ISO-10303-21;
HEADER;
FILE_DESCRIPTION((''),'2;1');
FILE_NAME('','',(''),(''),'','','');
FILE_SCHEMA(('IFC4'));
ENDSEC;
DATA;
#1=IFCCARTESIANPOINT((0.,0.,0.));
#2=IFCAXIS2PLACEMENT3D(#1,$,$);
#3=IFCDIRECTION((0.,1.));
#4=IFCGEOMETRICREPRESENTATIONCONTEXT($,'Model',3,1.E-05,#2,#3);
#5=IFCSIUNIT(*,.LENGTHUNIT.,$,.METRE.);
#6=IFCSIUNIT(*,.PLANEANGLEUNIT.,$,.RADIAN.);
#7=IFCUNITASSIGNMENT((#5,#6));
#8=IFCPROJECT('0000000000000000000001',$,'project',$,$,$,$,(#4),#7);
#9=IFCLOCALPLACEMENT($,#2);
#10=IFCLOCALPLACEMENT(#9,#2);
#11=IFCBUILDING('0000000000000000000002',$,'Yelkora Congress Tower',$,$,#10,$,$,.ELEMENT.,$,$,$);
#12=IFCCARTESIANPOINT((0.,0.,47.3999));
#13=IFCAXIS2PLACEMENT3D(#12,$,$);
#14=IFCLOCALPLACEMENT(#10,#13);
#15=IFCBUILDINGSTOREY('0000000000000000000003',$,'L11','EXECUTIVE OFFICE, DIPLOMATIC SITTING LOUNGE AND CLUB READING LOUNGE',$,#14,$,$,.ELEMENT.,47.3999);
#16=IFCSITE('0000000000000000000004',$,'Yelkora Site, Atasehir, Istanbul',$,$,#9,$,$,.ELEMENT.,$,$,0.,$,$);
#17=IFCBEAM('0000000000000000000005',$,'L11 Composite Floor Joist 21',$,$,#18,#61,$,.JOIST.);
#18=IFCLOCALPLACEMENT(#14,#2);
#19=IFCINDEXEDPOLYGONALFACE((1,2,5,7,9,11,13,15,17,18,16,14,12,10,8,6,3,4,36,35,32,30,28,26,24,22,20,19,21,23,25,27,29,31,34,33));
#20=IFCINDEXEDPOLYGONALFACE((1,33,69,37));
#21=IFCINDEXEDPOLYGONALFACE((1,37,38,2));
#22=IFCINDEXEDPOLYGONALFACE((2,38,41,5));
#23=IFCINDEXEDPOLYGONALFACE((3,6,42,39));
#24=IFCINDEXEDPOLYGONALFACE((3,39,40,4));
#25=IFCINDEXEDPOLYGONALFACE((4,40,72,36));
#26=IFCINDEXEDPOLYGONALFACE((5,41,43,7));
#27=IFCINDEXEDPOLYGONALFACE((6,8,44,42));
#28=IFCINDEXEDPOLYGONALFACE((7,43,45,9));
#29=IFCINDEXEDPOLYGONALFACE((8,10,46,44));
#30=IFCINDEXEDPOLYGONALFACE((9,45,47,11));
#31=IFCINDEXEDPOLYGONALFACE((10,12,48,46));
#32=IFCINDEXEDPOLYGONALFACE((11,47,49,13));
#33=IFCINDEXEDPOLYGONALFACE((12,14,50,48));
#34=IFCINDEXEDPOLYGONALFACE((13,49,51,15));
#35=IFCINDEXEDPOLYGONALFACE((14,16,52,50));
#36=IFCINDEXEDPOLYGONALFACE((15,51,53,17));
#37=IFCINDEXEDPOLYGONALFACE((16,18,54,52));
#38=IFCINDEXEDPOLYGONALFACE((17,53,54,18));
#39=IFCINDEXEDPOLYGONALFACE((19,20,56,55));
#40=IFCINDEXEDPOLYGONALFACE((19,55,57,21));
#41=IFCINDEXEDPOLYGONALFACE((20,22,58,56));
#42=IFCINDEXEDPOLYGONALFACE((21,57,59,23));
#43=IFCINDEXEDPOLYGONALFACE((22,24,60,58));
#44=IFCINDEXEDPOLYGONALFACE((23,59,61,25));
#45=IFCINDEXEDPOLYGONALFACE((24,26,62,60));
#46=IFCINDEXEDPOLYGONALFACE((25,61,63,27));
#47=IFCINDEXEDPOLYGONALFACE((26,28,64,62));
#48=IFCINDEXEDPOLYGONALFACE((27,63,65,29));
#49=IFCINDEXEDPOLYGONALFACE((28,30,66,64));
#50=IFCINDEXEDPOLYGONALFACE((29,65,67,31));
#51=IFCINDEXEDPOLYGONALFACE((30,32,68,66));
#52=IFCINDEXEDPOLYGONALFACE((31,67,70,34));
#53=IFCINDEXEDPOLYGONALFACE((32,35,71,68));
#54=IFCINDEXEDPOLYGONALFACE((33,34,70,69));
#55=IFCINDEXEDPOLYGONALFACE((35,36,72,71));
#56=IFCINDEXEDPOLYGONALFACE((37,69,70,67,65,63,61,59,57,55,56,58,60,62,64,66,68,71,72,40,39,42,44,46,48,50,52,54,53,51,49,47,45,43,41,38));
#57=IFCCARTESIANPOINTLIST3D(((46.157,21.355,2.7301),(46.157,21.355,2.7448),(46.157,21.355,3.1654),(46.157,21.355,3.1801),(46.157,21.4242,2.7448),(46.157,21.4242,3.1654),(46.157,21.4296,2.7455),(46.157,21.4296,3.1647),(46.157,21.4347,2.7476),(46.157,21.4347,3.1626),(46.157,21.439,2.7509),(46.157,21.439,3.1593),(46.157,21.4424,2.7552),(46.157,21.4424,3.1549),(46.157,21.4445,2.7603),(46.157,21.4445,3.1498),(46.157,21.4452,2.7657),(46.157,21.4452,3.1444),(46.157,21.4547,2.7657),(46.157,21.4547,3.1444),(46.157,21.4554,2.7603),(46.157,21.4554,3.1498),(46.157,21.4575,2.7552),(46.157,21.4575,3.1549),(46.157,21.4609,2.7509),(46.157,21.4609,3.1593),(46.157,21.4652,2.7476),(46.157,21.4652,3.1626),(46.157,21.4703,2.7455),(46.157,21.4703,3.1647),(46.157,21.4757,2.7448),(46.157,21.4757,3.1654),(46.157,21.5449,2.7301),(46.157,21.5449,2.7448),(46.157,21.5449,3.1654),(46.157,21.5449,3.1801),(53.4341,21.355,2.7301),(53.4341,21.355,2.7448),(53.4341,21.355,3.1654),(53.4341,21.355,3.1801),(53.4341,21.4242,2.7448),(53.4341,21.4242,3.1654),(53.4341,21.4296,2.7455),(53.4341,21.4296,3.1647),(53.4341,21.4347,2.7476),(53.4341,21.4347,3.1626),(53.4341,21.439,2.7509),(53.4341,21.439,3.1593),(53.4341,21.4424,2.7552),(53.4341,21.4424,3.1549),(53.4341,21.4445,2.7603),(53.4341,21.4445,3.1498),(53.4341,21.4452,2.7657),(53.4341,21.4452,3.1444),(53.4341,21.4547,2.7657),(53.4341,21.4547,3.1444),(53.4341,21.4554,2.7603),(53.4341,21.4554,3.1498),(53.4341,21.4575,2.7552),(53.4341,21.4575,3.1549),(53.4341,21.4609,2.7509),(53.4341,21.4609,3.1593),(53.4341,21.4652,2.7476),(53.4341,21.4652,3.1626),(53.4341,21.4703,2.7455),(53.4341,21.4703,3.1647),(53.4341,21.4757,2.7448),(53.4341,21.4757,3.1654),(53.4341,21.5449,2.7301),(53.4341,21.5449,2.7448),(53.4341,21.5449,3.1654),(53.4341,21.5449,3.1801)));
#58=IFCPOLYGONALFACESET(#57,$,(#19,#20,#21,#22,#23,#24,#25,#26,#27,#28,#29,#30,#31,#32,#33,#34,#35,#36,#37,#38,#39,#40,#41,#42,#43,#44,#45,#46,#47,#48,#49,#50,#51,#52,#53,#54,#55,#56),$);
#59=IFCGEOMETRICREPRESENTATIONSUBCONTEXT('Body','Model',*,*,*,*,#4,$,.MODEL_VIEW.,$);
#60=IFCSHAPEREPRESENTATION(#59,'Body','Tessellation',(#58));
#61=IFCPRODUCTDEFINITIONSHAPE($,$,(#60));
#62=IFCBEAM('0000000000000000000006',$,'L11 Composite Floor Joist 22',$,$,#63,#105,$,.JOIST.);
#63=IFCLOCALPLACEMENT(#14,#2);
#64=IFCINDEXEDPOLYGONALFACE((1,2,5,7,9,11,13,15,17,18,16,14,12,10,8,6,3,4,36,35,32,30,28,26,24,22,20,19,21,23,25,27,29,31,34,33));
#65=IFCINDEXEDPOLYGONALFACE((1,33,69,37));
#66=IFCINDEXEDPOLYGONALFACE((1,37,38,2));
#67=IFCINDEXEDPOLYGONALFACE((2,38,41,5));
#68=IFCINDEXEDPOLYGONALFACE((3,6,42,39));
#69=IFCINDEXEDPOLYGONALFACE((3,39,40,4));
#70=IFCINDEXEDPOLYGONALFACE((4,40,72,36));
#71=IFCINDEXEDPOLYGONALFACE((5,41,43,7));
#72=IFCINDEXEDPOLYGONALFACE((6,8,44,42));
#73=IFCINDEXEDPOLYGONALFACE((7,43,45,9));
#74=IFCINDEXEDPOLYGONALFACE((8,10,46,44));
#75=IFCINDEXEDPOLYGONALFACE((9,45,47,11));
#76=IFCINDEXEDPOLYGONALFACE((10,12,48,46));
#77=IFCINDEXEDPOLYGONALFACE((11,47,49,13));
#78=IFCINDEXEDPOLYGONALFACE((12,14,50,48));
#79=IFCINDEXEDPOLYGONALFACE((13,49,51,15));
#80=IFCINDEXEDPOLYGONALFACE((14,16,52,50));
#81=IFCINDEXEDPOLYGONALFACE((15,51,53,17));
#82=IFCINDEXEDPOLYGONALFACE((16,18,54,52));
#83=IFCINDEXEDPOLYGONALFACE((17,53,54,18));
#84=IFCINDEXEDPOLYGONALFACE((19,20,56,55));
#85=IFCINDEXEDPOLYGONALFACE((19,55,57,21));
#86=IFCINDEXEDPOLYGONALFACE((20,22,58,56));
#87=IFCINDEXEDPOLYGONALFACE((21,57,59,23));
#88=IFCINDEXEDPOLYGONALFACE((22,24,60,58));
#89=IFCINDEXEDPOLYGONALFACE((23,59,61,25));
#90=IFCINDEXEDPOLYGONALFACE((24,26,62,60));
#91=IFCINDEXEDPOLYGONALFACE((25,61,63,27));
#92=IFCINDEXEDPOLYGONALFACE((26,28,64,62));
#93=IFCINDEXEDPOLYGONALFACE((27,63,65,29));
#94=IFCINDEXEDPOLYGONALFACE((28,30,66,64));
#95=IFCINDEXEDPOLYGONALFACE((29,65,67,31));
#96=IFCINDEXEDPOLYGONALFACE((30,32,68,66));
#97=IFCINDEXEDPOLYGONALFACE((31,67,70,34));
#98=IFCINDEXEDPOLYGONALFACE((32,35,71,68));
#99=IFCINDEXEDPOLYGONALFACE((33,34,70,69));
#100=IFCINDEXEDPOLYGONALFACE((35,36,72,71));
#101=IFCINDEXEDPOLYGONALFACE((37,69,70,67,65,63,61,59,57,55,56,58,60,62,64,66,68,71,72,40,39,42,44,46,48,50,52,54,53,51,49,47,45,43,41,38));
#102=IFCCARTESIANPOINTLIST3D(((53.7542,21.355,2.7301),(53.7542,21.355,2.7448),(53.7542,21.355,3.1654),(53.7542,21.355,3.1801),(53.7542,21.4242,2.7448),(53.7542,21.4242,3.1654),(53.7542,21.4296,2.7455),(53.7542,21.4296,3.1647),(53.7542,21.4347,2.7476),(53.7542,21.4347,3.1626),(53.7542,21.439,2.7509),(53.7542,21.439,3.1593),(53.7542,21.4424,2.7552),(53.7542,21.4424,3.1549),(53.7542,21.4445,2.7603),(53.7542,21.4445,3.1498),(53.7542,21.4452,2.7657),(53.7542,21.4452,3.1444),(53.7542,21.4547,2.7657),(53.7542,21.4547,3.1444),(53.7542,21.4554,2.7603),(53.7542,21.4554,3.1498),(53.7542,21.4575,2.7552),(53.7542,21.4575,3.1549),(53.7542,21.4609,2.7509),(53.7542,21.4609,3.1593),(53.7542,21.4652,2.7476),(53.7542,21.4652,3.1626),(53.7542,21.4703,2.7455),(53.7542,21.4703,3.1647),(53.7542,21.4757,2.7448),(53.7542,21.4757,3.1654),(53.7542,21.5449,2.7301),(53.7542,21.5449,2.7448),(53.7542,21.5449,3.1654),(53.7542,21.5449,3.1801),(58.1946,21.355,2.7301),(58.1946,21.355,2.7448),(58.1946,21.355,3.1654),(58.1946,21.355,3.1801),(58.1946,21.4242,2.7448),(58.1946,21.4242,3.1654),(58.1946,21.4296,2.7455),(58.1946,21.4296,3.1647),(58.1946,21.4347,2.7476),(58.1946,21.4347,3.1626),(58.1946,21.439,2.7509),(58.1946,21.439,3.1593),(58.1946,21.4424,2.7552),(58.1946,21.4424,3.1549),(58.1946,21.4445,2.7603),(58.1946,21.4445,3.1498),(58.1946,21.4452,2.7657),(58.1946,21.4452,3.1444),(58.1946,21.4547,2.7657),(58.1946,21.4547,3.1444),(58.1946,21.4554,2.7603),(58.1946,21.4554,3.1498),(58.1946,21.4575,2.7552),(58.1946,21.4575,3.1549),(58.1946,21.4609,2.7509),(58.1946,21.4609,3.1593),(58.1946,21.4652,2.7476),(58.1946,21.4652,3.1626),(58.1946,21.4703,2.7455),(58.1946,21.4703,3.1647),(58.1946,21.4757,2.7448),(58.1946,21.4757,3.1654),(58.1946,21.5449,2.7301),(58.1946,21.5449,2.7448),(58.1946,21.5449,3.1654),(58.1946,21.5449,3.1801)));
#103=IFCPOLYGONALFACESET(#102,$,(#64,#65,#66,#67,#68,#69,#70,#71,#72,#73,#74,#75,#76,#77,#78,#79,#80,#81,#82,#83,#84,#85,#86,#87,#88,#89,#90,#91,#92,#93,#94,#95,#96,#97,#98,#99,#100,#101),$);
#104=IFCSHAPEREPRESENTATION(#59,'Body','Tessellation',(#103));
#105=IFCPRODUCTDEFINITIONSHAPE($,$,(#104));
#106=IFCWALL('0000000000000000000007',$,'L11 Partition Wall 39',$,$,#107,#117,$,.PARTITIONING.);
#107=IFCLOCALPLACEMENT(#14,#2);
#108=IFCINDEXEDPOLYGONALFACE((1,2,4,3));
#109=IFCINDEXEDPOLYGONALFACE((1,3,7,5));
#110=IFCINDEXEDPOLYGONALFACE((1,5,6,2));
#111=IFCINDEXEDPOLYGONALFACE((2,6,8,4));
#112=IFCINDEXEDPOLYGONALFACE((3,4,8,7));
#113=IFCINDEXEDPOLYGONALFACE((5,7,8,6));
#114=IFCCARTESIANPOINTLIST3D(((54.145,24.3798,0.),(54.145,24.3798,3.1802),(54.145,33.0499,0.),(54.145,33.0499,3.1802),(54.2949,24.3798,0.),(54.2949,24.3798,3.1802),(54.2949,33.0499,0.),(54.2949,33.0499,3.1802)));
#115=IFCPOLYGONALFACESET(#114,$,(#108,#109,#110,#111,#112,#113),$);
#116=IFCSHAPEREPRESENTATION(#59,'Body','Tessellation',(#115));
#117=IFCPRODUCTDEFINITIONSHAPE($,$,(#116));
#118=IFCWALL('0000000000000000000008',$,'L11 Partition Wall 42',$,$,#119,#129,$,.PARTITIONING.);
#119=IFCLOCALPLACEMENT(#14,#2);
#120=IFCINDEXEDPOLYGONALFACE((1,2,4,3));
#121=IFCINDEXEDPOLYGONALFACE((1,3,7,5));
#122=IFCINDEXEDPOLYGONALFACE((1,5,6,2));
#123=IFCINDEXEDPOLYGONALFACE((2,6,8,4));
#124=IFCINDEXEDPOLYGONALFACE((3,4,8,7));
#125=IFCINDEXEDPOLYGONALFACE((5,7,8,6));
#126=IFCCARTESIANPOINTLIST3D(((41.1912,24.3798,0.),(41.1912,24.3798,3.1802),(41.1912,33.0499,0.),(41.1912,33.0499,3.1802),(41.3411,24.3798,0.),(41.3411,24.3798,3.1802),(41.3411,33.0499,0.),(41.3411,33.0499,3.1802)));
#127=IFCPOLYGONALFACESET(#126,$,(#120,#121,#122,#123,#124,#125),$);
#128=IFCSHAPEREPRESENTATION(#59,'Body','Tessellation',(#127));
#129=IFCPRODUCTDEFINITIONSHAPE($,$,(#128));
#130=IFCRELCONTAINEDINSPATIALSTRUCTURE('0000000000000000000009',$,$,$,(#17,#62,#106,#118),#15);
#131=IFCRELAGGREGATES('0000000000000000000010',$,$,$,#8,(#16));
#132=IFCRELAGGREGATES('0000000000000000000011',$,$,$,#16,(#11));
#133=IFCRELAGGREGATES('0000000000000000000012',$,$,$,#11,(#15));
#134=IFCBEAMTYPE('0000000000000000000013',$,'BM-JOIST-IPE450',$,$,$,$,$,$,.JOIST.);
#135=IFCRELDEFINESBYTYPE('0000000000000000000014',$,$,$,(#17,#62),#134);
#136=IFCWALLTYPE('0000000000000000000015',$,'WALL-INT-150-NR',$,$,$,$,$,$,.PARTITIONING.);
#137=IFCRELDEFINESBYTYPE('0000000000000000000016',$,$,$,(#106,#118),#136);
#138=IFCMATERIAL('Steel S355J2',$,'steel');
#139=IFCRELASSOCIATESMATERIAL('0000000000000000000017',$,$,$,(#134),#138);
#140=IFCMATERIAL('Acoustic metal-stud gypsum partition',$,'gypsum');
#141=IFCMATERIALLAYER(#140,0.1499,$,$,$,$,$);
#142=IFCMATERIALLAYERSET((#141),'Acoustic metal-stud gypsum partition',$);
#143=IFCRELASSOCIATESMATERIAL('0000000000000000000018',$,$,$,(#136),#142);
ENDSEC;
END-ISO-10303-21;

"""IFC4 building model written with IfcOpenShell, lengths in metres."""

from ifc_helpers import new_model, si_unit, direction, frame, frame_2d, origin, origin_2d, place, context, subcontext, project, spatial, rectangle, i_section, extrude, material, layer, layer_set, material_profile, profile_set, type_object, element, save


model = new_model("IFC4")

# Units and contexts
model_context = context("Model", 3, precision=1e-05, world=origin(), true_north=direction((0.0, 1.0)))
body_context = subcontext(model_context, "Body", "Model", "MODEL_VIEW")
ifc_project = project(units=[si_unit("LENGTHUNIT", "METRE"), si_unit("PLANEANGLEUNIT", "RADIAN")], contexts=[model_context])

# Site, building, storey
site_placement = place(None, origin())
site = spatial("IfcSite", under=ifc_project, at=site_placement, Name="Yelkora Site, Atasehir, Istanbul", CompositionType="ELEMENT", RefElevation=0.0)
building_placement = place(site_placement, origin())
building = spatial("IfcBuilding", under=site, at=building_placement, Name="Yelkora Congress Tower", CompositionType="ELEMENT")
storey_placement = place(building_placement, frame((0.0, 0.0, 47.3999)))
storey = spatial("IfcBuildingStorey", under=building, at=storey_placement, Name="L11", Description="EXECUTIVE OFFICE, DIPLOMATIC SITTING LOUNGE AND CLUB READING LOUNGE", CompositionType="ELEMENT", Elevation=47.3999)

# Beams
ifc_material_1 = material(Name="Steel S355J2", Category="steel")
ifc_material_profile_1 = material_profile(ifc_material_1, i_section(OverallWidth=0.1899, OverallDepth=0.45, WebThickness=0.0095, FlangeThickness=0.0146, FilletRadius=0.021, at=origin_2d()), Name="IPE 450")
ifc_profile_set_1 = profile_set([ifc_material_profile_1], Name="Steel S355J2")
beam_type_1 = type_object("IfcBeamType", Name="BM-JOIST-IPE450", PredefinedType="JOIST", material=ifc_profile_set_1)
beam_1_placement = place(storey_placement, frame((46.157, 21.45, 2.9551), z_axis=(1.0, 0.0, 0.0), x_axis=(0.0, 1.0, 0.0)))
element("IfcBeam", 1, at=beam_1_placement, inside=storey, type_object=beam_type_1, Name="L11 Composite Floor Joist 21", PredefinedType="JOIST", context=body_context, shape_type="SweptSolid", body=[
    extrude(i_section(OverallWidth=0.1899, OverallDepth=0.45, WebThickness=0.0095, FlangeThickness=0.0146, FilletRadius=0.021, at=origin_2d()), origin(), (0.0, 0.0, 1.0), 7.2771),
])
beam_2_placement = place(storey_placement, frame((53.7542, 21.45, 2.9551), z_axis=(1.0, 0.0, 0.0), x_axis=(0.0, 1.0, 0.0)))
element("IfcBeam", 2, at=beam_2_placement, inside=storey, type_object=beam_type_1, Name="L11 Composite Floor Joist 22", PredefinedType="JOIST", context=body_context, shape_type="SweptSolid", body=[
    extrude(i_section(OverallWidth=0.1899, OverallDepth=0.45, WebThickness=0.0095, FlangeThickness=0.0146, FilletRadius=0.021, at=origin_2d()), origin(), (0.0, 0.0, 1.0), 4.4404),
])

# Walls
ifc_material_2 = material(Name="Acoustic metal-stud gypsum partition", Category="gypsum")
ifc_layer_1 = layer(ifc_material_2, 0.1499)
ifc_layer_set_1 = layer_set([ifc_layer_1], Name="Acoustic metal-stud gypsum partition")
wall_type_1 = type_object("IfcWallType", Name="WALL-INT-150-NR", PredefinedType="PARTITIONING", material=ifc_layer_set_1)
for number, where, z_axis, x_axis, name in (
    (3, (54.22, 24.3799, 0.0), (0.0, 0.0, 1.0), (0.0, 1.0, 0.0), "L11 Partition Wall 39"),
    (4, (41.2661, 24.3799, 0.0), (0.0, 0.0, 1.0), (0.0, 1.0, 0.0), "L11 Partition Wall 42"),
):
    element("IfcWall", number, at=place(storey_placement, frame(where, z_axis=z_axis, x_axis=x_axis)), inside=storey, type_object=wall_type_1, Name=name, PredefinedType="PARTITIONING", context=body_context, shape_type="SweptSolid", body=[
        extrude(rectangle(XDim=8.6702, YDim=0.1499, at=frame_2d((4.335, 0.0))), origin(), (0.0, 0.0, 1.0), 3.1802),
    ])

save(model, "model.ifc")
